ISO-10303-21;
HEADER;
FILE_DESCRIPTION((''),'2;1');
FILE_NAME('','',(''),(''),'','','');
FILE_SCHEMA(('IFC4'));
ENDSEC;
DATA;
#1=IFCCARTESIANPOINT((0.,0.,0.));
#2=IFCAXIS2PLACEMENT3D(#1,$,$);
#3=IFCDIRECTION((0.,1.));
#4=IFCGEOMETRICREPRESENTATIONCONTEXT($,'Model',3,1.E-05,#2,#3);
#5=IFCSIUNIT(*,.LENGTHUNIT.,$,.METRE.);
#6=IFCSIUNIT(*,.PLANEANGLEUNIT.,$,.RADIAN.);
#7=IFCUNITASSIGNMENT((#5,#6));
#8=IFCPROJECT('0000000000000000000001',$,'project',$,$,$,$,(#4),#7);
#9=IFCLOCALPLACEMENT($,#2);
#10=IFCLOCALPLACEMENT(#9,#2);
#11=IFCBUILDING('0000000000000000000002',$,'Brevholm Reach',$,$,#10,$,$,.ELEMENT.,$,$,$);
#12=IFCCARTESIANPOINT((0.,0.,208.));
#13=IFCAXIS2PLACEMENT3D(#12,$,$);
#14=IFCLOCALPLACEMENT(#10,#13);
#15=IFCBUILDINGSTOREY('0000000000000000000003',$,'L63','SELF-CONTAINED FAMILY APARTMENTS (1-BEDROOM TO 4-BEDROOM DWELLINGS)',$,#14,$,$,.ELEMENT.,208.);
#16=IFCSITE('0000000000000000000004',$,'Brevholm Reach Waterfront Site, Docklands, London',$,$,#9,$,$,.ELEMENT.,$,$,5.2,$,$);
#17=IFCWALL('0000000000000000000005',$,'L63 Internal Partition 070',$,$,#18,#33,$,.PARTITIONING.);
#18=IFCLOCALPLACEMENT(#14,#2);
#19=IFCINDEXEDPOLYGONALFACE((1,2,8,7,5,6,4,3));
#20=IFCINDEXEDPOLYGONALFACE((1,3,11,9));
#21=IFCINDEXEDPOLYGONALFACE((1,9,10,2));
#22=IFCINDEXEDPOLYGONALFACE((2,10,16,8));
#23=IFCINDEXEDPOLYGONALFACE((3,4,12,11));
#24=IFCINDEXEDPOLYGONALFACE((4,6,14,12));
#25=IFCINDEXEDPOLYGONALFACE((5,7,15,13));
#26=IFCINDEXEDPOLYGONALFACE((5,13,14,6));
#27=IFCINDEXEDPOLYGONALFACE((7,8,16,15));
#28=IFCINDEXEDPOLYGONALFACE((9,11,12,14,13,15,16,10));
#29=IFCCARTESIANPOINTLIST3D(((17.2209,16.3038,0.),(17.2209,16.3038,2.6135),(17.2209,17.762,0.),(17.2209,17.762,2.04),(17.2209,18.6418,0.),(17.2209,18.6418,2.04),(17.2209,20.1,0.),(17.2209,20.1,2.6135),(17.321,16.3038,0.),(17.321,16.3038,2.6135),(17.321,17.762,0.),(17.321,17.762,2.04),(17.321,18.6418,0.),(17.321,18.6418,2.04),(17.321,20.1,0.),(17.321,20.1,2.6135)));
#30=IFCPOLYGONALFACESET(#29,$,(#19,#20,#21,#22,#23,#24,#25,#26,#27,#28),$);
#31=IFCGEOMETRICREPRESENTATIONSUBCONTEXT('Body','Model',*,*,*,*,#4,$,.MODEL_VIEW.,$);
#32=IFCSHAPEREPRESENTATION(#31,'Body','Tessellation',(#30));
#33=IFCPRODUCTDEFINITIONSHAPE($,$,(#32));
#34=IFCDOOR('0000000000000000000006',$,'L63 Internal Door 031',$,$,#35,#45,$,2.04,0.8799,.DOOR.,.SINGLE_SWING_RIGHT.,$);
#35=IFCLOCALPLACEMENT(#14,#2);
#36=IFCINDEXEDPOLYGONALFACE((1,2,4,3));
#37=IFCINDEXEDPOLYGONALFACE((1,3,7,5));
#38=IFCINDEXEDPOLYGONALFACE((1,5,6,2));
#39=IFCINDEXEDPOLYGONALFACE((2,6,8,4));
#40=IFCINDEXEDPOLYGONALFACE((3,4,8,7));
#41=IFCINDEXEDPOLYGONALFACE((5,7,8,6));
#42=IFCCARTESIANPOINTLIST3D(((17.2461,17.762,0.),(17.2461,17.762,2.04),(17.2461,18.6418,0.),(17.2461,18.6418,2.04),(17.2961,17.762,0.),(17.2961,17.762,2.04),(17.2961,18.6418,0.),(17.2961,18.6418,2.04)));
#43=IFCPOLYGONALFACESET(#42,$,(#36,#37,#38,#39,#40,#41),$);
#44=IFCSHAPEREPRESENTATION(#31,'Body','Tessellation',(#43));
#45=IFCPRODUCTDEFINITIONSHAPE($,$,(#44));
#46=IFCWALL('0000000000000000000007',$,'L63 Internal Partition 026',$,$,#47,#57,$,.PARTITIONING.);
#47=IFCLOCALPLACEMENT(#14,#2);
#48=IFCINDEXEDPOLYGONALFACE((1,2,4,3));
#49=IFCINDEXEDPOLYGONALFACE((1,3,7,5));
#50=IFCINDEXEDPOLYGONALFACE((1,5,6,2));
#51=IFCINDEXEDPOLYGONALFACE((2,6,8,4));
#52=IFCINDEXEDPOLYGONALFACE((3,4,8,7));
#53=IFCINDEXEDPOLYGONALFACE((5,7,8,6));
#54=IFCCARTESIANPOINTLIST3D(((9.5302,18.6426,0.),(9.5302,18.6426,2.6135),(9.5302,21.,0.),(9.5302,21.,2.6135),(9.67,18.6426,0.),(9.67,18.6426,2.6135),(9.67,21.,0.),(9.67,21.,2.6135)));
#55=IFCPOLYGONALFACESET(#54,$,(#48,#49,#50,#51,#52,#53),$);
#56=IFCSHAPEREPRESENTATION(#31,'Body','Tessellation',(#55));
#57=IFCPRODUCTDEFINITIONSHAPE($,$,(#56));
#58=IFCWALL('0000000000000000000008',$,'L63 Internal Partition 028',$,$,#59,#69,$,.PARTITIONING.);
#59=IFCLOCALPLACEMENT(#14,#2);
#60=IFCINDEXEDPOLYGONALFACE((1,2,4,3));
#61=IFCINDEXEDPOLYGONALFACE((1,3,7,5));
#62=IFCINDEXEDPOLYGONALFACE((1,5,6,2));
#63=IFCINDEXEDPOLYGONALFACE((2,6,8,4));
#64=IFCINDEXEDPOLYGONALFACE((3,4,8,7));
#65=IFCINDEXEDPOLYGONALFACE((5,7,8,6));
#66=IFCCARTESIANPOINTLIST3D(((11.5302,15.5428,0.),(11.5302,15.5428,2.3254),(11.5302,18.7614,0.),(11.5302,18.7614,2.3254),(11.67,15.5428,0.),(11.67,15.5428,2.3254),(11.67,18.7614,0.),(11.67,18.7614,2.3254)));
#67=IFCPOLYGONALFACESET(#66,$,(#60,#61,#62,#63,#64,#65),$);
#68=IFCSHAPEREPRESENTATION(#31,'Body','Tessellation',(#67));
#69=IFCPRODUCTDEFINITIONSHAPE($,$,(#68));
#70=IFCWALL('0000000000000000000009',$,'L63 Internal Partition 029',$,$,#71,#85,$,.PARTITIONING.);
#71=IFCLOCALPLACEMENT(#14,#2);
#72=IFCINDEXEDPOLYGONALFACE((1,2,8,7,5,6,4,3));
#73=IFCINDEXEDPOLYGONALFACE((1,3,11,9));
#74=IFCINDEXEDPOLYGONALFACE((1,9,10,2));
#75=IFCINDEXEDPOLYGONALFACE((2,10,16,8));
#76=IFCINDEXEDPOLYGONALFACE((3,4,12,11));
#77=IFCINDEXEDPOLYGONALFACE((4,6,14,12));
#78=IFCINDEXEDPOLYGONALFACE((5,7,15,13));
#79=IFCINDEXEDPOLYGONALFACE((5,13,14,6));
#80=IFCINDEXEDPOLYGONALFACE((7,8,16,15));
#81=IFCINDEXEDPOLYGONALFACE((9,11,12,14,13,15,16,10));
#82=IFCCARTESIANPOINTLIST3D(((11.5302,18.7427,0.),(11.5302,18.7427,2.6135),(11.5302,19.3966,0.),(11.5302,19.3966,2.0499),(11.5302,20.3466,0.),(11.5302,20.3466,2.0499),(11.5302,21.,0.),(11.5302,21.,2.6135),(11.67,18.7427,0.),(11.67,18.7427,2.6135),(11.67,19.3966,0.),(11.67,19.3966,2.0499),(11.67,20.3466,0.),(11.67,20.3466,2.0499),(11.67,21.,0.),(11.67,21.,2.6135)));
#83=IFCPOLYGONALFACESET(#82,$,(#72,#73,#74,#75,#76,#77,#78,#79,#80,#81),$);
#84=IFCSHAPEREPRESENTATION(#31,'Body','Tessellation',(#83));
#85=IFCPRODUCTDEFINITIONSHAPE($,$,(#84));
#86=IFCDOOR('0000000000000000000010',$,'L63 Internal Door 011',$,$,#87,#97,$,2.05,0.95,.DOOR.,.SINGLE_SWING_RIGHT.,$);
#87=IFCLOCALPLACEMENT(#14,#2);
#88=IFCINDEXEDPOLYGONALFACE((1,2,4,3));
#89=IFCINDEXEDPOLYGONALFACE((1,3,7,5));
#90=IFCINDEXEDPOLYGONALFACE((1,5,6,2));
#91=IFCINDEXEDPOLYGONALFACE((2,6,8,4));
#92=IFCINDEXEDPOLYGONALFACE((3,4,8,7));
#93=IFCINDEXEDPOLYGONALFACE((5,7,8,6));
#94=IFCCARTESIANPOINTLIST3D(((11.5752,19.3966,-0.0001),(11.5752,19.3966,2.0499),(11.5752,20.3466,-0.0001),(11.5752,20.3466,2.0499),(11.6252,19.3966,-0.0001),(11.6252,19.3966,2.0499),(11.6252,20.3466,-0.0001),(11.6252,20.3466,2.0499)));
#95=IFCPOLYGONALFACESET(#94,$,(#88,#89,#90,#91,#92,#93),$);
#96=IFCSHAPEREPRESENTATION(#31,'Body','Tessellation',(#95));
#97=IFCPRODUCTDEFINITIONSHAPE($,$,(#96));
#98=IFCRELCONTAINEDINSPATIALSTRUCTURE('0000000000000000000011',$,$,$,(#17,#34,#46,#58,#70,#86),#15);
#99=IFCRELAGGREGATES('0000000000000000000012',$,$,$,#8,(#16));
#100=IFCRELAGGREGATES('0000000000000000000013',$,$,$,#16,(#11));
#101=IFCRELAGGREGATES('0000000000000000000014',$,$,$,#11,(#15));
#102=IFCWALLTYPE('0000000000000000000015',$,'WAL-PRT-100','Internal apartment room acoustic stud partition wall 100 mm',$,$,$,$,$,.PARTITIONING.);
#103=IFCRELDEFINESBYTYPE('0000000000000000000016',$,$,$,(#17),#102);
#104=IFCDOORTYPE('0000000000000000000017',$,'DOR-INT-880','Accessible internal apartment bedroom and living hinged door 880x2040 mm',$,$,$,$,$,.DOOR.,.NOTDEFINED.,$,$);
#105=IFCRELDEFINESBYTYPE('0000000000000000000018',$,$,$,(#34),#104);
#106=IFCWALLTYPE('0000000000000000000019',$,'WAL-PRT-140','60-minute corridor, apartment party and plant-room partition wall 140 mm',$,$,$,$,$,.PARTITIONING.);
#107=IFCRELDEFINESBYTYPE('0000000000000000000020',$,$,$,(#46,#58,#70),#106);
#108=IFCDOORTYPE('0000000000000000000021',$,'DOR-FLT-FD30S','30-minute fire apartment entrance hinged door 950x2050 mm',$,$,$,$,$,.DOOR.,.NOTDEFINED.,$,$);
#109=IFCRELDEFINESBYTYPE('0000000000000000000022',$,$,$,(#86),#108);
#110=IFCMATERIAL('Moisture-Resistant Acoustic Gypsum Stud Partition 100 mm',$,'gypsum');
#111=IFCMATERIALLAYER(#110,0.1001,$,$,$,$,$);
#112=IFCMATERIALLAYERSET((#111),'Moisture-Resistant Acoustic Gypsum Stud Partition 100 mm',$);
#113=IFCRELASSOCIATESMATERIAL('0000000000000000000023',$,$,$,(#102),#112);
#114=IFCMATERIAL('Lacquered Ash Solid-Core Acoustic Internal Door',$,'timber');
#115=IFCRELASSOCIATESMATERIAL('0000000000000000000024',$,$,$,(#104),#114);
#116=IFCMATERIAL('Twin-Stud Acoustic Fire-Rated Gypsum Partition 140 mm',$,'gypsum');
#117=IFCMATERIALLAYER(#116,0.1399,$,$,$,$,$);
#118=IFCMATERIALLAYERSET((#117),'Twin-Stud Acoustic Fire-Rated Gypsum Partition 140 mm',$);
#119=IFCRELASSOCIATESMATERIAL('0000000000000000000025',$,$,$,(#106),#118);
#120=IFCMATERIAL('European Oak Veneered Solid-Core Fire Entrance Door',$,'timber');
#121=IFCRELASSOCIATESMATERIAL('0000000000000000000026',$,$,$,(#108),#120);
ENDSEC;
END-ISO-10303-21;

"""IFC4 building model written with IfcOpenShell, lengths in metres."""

from ifc_helpers import new_model, si_unit, direction, frame, frame_2d, origin, place, context, subcontext, project, spatial, rectangle, extrude, material, layer, layer_set, type_object, element, fill, save


model = new_model("IFC4")

# Units and contexts
model_context = context("Model", 3, precision=1e-05, world=origin(), true_north=direction((0.0, 1.0)))
body_context = subcontext(model_context, "Body", "Model", "MODEL_VIEW")
ifc_project = project(units=[si_unit("LENGTHUNIT", "METRE"), si_unit("PLANEANGLEUNIT", "RADIAN")], contexts=[model_context])

# Site, building, storey
site_placement = place(None, origin())
site = spatial("IfcSite", under=ifc_project, at=site_placement, Name="Brevholm Reach Waterfront Site, Docklands, London", CompositionType="ELEMENT", RefElevation=5.2)
building_placement = place(site_placement, origin())
building = spatial("IfcBuilding", under=site, at=building_placement, Name="Brevholm Reach", CompositionType="ELEMENT")
storey_placement = place(building_placement, frame((0.0, 0.0, 208.0)))
storey = spatial("IfcBuildingStorey", under=building, at=storey_placement, Name="L63", Description="SELF-CONTAINED FAMILY APARTMENTS (1-BEDROOM TO 4-BEDROOM DWELLINGS)", CompositionType="ELEMENT", Elevation=208.0)

# Shared definitions
ifc_material_1 = material(Name="Moisture-Resistant Acoustic Gypsum Stud Partition 100 mm", Category="gypsum")
ifc_layer_1 = layer(ifc_material_1, 0.1001)
ifc_layer_set_1 = layer_set([ifc_layer_1], Name="Moisture-Resistant Acoustic Gypsum Stud Partition 100 mm")
wall_type_1 = type_object("IfcWallType", Name="WAL-PRT-100", Description="Internal apartment room acoustic stud partition wall 100 mm", PredefinedType="PARTITIONING", material=ifc_layer_set_1)

# Shared definitions
ifc_material_2 = material(Name="Lacquered Ash Solid-Core Acoustic Internal Door", Category="timber")
door_type_1 = type_object("IfcDoorType", Name="DOR-INT-880", Description="Accessible internal apartment bedroom and living hinged door 880x2040 mm", OperationType="NOTDEFINED", PredefinedType="DOOR", material=ifc_material_2)

# Wall, opening, door
wall_1_placement = place(storey_placement, frame((17.271, 16.304, 0.0), z_axis=(0.0, 0.0, 1.0), x_axis=(0.0, 1.0, 0.0)))
wall_1 = element("IfcWall", 1, at=wall_1_placement, inside=storey, type_object=wall_type_1, Name="L63 Internal Partition 070", PredefinedType="PARTITIONING", context=body_context, shape_type="SweptSolid", body=[
    extrude(rectangle(XDim=3.7961, YDim=0.1001, at=frame_2d((1.8979, 0.0))), origin(), (0.0, 0.0, 1.0), 2.6135),
])
opening_1_placement = place(wall_1_placement, frame((1.458, 0.0, 0.0)))
opening_1 = element("IfcOpeningElement", 2, at=opening_1_placement, cuts=wall_1, PredefinedType="OPENING", context=body_context, shape_type="SweptSolid", body=[
    extrude(rectangle(XDim=0.8799, YDim=2.04, at=frame_2d((0.4399, 1.02))), frame((0.0, 0.0601, 0.0), z_axis=(0.0, -1.0, 0.0), x_axis=(1.0, 0.0, 0.0)), (0.0, 0.0, 1.0), 0.1201),
])
door_1_placement = place(opening_1_placement, origin())
door_1 = element("IfcDoor", 3, at=door_1_placement, inside=storey, type_object=door_type_1, Name="L63 Internal Door 031", OperationType="SINGLE_SWING_RIGHT", OverallHeight=2.04, OverallWidth=0.8799, PredefinedType="DOOR", context=body_context, shape_type="SweptSolid", body=[
    extrude(rectangle(XDim=0.8799, YDim=2.04, at=frame_2d((0.4399, 1.02))), frame((0.0, 0.0249, 0.0), z_axis=(0.0, -1.0, 0.0), x_axis=(1.0, 0.0, 0.0)), (0.0, 0.0, 1.0), 0.05),
])
fill(opening_1, door_1)

# Walls
ifc_material_3 = material(Name="Twin-Stud Acoustic Fire-Rated Gypsum Partition 140 mm", Category="gypsum")
ifc_layer_2 = layer(ifc_material_3, 0.1399)
ifc_layer_set_2 = layer_set([ifc_layer_2], Name="Twin-Stud Acoustic Fire-Rated Gypsum Partition 140 mm")
wall_type_2 = type_object("IfcWallType", Name="WAL-PRT-140", Description="60-minute corridor, apartment party and plant-room partition wall 140 mm", PredefinedType="PARTITIONING", material=ifc_layer_set_2)
wall_2_placement = place(storey_placement, frame((9.6001, 18.6426, 0.0), z_axis=(0.0, 0.0, 1.0), x_axis=(0.0, 1.0, 0.0)))
element("IfcWall", 4, at=wall_2_placement, inside=storey, type_object=wall_type_2, Name="L63 Internal Partition 026", PredefinedType="PARTITIONING", context=body_context, shape_type="SweptSolid", body=[
    extrude(rectangle(XDim=2.3574, YDim=0.1399, at=frame_2d((1.1787, 0.0))), origin(), (0.0, 0.0, 1.0), 2.6135),
])
wall_3_placement = place(storey_placement, frame((11.6001, 15.5427, 0.0), z_axis=(0.0, 0.0, 1.0), x_axis=(0.0, 1.0, 0.0)))
element("IfcWall", 5, at=wall_3_placement, inside=storey, type_object=wall_type_2, Name="L63 Internal Partition 028", PredefinedType="PARTITIONING", context=body_context, shape_type="SweptSolid", body=[
    extrude(rectangle(XDim=3.2185, YDim=0.1399, at=frame_2d((1.6094, 0.0))), origin(), (0.0, 0.0, 1.0), 2.3254),
])

# Wall, opening, door
wall_4_placement = place(storey_placement, frame((11.6001, 18.7427, 0.0), z_axis=(0.0, 0.0, 1.0), x_axis=(0.0, 1.0, 0.0)))
wall_4 = element("IfcWall", 6, at=wall_4_placement, inside=storey, type_object=wall_type_2, Name="L63 Internal Partition 029", PredefinedType="PARTITIONING", context=body_context, shape_type="SweptSolid", body=[
    extrude(rectangle(XDim=2.2573, YDim=0.1399, at=frame_2d((1.1287, 0.0))), origin(), (0.0, 0.0, 1.0), 2.6135),
])
opening_2_placement = place(wall_4_placement, frame((0.6538, 0.0, 0.0)))
opening_2 = element("IfcOpeningElement", 7, at=opening_2_placement, cuts=wall_4, PredefinedType="OPENING", context=body_context, shape_type="SweptSolid", body=[
    extrude(rectangle(XDim=0.95, YDim=2.05, at=frame_2d((0.4751, 1.0249))), frame((0.0, 0.0798, 0.0), z_axis=(0.0, -1.0, 0.0), x_axis=(1.0, 0.0, 0.0)), (0.0, 0.0, 1.0), 0.1599),
])
ifc_material_4 = material(Name="European Oak Veneered Solid-Core Fire Entrance Door", Category="timber")
door_type_2 = type_object("IfcDoorType", Name="DOR-FLT-FD30S", Description="30-minute fire apartment entrance hinged door 950x2050 mm", OperationType="NOTDEFINED", PredefinedType="DOOR", material=ifc_material_4)
door_2_placement = place(opening_2_placement, origin())
door_2 = element("IfcDoor", 8, at=door_2_placement, inside=storey, type_object=door_type_2, Name="L63 Internal Door 011", OperationType="SINGLE_SWING_RIGHT", OverallHeight=2.05, OverallWidth=0.95, PredefinedType="DOOR", context=body_context, shape_type="SweptSolid", body=[
    extrude(rectangle(XDim=0.95, YDim=2.05, at=frame_2d((0.4751, 1.0249))), frame((0.0, 0.0249, 0.0), z_axis=(0.0, -1.0, 0.0), x_axis=(1.0, 0.0, 0.0)), (0.0, 0.0, 1.0), 0.05),
])
fill(opening_2, door_2)

save(model, "model.ifc")
